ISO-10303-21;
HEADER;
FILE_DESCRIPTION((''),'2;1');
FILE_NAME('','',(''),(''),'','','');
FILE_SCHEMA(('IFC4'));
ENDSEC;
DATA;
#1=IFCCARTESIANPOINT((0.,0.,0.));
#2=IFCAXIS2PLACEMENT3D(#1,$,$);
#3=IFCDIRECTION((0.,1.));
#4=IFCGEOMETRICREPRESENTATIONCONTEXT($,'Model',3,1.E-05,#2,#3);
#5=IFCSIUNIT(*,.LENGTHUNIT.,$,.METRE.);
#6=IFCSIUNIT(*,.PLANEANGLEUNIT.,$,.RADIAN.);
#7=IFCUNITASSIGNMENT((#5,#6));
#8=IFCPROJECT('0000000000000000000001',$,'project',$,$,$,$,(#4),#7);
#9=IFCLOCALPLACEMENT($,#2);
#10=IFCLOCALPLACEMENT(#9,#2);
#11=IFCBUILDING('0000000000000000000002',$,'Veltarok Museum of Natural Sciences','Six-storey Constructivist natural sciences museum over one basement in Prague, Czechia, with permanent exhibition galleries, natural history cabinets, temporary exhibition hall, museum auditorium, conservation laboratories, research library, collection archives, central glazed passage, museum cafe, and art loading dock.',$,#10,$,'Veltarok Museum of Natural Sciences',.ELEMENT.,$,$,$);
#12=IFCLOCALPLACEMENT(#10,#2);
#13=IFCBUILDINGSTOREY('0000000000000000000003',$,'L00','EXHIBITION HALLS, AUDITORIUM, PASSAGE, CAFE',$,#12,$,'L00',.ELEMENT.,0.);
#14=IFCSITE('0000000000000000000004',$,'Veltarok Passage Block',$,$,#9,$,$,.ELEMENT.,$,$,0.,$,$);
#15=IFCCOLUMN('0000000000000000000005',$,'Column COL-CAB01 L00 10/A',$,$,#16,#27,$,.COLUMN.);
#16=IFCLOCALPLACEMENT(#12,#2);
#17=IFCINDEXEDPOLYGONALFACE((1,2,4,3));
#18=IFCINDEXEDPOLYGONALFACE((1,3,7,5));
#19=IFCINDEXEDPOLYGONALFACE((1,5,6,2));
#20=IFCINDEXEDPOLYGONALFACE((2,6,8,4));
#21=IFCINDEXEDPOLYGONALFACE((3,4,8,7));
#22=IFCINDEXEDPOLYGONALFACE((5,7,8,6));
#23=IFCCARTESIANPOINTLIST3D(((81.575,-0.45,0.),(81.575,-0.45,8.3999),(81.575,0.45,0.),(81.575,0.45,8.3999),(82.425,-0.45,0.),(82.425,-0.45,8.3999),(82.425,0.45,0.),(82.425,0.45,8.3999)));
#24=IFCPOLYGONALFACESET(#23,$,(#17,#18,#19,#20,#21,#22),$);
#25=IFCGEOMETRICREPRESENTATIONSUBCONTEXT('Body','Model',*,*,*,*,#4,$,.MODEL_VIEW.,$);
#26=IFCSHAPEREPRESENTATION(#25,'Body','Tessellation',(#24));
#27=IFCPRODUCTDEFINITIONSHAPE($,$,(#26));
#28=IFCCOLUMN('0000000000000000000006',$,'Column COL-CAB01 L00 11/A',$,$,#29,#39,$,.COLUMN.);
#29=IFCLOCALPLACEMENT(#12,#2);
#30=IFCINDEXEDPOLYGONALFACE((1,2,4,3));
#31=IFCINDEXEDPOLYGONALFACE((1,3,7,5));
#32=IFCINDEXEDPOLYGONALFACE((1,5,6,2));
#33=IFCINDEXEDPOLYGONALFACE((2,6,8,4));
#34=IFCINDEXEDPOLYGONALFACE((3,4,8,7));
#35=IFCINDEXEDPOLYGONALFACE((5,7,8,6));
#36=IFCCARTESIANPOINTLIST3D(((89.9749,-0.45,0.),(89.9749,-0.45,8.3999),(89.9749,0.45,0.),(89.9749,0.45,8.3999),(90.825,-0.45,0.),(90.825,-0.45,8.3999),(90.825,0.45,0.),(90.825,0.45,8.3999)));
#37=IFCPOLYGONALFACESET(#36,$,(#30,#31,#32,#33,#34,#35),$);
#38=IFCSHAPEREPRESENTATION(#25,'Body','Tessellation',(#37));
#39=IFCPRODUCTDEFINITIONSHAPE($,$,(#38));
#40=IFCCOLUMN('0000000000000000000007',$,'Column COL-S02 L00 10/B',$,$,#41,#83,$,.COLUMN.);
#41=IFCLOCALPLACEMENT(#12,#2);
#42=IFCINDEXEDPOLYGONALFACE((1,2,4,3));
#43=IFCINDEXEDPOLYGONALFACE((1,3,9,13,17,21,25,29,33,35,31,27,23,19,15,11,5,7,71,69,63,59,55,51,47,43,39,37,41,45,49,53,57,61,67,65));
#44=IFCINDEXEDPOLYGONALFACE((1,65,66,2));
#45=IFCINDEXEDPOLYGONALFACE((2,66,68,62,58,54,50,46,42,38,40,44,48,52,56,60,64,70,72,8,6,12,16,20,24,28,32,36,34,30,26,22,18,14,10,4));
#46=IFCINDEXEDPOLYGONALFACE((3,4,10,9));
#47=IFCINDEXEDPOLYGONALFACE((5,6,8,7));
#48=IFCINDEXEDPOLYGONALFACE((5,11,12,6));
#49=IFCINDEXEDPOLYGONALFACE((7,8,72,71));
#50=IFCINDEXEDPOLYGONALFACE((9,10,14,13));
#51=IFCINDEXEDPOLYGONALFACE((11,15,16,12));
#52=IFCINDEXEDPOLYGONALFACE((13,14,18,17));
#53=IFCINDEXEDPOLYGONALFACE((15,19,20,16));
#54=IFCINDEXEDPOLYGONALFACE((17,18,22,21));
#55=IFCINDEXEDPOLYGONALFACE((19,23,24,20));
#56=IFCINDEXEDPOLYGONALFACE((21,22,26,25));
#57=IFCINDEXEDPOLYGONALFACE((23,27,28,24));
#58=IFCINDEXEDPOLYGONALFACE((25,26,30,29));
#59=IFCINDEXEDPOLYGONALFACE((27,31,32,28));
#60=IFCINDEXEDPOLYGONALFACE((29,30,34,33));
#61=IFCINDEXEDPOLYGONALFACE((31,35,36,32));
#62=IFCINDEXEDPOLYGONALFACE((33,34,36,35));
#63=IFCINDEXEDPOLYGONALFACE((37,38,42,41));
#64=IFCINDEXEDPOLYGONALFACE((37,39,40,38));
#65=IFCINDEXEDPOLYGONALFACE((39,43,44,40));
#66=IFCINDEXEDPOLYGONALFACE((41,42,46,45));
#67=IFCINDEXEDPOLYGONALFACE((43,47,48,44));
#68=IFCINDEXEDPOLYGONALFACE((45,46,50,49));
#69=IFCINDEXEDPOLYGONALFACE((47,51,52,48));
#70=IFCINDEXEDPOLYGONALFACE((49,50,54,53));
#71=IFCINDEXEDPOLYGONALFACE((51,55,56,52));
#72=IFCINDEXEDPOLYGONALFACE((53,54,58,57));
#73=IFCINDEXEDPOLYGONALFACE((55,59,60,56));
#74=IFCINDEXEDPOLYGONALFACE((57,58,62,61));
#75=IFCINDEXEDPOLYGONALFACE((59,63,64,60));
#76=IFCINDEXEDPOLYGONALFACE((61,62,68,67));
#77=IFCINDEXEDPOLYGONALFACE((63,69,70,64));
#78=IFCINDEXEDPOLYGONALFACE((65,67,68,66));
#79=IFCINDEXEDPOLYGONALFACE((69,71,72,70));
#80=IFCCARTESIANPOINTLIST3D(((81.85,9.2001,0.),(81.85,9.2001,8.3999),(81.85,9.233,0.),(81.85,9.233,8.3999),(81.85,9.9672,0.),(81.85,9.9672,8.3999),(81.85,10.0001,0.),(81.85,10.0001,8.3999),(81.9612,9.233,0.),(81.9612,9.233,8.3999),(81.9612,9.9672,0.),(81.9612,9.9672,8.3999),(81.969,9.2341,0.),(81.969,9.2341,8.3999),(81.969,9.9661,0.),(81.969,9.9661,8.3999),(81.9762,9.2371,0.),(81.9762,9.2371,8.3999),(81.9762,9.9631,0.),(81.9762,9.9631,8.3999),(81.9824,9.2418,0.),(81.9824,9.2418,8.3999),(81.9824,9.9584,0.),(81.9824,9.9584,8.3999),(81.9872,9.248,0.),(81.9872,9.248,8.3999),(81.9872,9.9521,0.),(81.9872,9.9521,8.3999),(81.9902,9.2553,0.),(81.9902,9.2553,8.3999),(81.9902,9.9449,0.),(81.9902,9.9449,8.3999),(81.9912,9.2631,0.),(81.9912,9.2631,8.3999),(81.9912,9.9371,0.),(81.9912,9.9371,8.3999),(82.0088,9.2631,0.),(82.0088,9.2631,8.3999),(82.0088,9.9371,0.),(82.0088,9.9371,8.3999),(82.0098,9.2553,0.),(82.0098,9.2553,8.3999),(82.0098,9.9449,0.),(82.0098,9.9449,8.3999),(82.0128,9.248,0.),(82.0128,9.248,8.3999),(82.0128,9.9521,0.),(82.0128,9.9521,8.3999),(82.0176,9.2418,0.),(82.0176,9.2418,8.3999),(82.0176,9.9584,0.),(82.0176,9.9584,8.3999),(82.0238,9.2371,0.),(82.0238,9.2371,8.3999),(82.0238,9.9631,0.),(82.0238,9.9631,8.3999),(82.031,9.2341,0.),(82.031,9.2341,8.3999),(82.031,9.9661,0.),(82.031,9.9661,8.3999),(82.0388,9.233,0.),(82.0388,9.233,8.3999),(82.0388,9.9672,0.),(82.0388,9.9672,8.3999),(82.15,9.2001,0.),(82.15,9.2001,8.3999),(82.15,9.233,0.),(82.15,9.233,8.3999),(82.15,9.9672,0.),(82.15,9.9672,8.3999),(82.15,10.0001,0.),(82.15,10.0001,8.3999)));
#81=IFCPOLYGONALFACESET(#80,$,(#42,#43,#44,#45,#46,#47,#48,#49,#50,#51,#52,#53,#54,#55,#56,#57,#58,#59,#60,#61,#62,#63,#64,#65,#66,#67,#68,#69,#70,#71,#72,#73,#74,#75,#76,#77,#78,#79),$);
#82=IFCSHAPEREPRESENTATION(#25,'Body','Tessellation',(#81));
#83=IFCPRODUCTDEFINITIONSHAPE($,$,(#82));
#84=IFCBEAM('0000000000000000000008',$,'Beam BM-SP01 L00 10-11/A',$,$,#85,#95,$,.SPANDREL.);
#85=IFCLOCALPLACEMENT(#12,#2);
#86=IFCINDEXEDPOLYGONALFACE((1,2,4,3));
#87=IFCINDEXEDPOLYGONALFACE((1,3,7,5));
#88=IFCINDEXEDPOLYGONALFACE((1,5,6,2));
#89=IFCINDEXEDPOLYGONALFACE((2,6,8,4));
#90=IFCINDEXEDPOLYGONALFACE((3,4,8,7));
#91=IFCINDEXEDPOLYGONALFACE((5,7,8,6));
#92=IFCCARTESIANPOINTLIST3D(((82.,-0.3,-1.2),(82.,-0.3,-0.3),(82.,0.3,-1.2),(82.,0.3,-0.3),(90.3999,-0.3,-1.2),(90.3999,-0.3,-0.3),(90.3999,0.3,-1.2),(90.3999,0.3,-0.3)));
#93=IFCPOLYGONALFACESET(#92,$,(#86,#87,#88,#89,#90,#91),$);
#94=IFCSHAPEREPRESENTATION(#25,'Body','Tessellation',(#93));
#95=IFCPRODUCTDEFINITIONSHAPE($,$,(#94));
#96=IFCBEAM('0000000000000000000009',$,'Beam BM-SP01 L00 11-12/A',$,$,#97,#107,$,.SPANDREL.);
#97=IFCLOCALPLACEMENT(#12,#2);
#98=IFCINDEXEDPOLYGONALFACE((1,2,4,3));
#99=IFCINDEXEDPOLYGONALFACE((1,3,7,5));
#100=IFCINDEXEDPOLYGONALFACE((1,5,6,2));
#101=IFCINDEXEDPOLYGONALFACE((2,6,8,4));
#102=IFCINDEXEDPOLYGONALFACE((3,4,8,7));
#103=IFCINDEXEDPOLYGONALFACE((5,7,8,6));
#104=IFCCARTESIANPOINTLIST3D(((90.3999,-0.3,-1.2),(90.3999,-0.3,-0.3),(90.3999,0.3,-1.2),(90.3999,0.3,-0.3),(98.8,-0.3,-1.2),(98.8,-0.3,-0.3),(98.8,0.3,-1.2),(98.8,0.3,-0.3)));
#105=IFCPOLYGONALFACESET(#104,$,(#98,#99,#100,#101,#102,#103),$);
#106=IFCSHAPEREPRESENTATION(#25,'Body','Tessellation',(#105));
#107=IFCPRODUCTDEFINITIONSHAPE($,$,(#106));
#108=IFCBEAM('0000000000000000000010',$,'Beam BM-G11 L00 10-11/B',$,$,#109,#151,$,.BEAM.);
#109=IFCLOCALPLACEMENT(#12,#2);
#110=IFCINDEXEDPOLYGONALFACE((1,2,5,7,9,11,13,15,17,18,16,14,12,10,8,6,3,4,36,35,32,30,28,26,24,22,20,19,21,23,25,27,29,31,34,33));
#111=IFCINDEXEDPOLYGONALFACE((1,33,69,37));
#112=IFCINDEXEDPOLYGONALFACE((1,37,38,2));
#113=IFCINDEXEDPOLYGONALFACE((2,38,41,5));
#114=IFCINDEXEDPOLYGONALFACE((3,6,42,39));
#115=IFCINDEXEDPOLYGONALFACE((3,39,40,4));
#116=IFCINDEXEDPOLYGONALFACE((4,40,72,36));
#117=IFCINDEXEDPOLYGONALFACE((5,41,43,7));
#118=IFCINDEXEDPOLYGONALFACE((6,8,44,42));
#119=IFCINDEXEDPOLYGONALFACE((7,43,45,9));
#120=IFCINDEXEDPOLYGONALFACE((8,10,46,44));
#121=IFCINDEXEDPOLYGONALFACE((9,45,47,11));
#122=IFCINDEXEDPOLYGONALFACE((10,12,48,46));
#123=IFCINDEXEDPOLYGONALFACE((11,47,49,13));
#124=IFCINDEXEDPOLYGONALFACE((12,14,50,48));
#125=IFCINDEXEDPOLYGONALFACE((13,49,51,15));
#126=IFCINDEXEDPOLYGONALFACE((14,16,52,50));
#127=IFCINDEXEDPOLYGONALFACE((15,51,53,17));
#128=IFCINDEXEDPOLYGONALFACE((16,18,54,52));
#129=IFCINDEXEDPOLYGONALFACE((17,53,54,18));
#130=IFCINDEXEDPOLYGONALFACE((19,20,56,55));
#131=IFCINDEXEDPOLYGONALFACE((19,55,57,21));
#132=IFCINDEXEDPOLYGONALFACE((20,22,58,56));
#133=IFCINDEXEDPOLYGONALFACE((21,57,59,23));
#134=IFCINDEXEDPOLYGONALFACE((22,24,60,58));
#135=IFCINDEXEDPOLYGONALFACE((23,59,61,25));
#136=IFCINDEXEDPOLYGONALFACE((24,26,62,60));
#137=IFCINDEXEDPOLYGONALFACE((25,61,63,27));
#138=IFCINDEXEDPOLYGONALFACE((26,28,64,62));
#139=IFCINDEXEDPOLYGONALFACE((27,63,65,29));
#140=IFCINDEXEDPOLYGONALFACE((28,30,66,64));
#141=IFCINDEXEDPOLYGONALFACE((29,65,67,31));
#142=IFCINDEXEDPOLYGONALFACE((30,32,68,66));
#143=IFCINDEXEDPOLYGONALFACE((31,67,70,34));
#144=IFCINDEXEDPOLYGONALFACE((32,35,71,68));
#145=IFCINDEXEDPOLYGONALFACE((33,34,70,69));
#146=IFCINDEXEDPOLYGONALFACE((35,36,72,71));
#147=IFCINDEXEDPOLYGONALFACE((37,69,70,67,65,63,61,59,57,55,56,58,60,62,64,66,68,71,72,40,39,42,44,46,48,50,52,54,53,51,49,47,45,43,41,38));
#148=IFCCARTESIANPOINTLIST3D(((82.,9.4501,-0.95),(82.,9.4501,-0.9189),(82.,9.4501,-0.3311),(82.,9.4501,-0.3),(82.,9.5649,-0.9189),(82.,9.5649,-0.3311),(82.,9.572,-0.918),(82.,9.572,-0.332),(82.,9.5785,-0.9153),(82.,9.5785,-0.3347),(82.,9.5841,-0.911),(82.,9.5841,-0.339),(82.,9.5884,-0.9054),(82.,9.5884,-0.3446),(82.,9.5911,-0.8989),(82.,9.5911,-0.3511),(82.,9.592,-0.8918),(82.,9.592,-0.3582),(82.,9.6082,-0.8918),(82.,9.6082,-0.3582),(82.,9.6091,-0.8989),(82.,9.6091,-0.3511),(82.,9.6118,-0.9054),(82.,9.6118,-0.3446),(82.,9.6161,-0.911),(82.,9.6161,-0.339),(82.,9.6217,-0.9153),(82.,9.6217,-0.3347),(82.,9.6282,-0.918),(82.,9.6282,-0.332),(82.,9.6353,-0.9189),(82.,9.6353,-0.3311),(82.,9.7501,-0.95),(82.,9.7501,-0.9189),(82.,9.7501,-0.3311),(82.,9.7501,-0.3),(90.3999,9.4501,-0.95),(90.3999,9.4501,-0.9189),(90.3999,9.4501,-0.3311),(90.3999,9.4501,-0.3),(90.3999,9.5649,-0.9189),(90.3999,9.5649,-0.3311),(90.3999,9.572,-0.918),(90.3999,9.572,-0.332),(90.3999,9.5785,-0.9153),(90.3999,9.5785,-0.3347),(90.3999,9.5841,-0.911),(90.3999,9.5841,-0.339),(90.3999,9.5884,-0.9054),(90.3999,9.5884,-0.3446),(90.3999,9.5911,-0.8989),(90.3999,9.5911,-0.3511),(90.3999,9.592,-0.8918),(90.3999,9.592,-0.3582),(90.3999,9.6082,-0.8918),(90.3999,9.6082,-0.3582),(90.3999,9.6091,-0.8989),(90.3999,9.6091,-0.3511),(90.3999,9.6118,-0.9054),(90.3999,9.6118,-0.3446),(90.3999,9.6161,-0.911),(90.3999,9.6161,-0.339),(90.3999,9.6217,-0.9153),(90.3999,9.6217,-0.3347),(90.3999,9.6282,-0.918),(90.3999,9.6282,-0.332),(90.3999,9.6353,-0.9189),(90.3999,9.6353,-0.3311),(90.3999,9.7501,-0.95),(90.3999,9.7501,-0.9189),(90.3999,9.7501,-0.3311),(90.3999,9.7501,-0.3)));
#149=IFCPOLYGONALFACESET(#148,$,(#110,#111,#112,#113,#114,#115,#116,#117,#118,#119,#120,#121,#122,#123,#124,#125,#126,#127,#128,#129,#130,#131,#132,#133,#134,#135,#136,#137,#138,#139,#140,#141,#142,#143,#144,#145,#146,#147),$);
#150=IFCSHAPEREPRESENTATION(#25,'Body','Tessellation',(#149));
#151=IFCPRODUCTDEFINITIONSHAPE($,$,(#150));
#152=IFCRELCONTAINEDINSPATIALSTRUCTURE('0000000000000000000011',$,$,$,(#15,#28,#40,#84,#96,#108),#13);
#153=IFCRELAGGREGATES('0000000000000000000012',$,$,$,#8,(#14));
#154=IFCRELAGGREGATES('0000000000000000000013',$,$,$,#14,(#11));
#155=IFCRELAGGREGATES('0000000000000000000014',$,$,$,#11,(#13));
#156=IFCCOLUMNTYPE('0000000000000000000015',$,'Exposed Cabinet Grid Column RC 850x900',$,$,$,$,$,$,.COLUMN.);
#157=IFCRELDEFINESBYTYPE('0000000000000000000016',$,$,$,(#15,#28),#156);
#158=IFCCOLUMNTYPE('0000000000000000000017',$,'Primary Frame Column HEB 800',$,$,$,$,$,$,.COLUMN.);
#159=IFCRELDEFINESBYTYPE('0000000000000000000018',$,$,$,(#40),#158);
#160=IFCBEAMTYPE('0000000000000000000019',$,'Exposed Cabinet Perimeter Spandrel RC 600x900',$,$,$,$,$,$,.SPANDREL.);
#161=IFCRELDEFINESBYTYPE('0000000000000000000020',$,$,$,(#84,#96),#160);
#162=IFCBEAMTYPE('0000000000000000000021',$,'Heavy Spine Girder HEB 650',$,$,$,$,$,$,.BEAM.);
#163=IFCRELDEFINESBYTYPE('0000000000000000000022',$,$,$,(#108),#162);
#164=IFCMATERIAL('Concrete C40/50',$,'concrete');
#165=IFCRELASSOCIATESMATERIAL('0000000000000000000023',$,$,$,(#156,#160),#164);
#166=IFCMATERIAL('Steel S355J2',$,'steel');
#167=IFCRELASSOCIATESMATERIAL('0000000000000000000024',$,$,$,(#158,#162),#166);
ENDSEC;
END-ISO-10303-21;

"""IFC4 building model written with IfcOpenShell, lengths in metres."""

from ifc_helpers import new_model, si_unit, direction, frame, origin, origin_2d, place, context, subcontext, project, spatial, rectangle, i_section, extrude, material, material_profile, profile_set, type_object, element, save


model = new_model("IFC4")

# Units and contexts
model_context = context("Model", 3, precision=1e-05, world=origin(), true_north=direction((0.0, 1.0)))
body_context = subcontext(model_context, "Body", "Model", "MODEL_VIEW")
ifc_project = project(units=[si_unit("LENGTHUNIT", "METRE"), si_unit("PLANEANGLEUNIT", "RADIAN")], contexts=[model_context])

# Site, building, storey
site_placement = place(None, origin())
site = spatial("IfcSite", under=ifc_project, at=site_placement, Name="Veltarok Passage Block", CompositionType="ELEMENT", RefElevation=0.0)
building_placement = place(site_placement, origin())
building = spatial("IfcBuilding", under=site, at=building_placement, Name="Veltarok Museum of Natural Sciences", Description="Six-storey Constructivist natural sciences museum over one basement in Prague, Czechia, with permanent exhibition galleries, natural history cabinets, temporary exhibition hall, museum auditorium, conservation laboratories, research library, collection archives, central glazed passage, museum cafe, and art loading dock.", LongName="Veltarok Museum of Natural Sciences", CompositionType="ELEMENT")
storey_placement = place(building_placement, origin())
storey = spatial("IfcBuildingStorey", under=building, at=storey_placement, Name="L00", Description="EXHIBITION HALLS, AUDITORIUM, PASSAGE, CAFE", LongName="L00", CompositionType="ELEMENT", Elevation=0.0)

# Columns
ifc_material_1 = material(Name="Concrete C40/50", Category="concrete")
ifc_material_profile_1 = material_profile(ifc_material_1, rectangle(XDim=0.8501, YDim=0.8999, at=origin_2d()), Name="RC 850x900")
ifc_profile_set_1 = profile_set([ifc_material_profile_1], Name="Concrete C40/50")
column_type_1 = type_object("IfcColumnType", Name="Exposed Cabinet Grid Column RC 850x900", PredefinedType="COLUMN", material=ifc_profile_set_1)
for number, where, z_axis, x_axis, name in (
    (1, (82.0, 0.0, 0.0), (0.0, 0.0, 1.0), (1.0, 0.0, 0.0), "Column COL-CAB01 L00 10/A"),
    (2, (90.3999, 0.0, 0.0), (0.0, 0.0, 1.0), (1.0, 0.0, 0.0), "Column COL-CAB01 L00 11/A"),
):
    element("IfcColumn", number, at=place(storey_placement, frame(where, z_axis=z_axis, x_axis=x_axis)), inside=storey, type_object=column_type_1, Name=name, PredefinedType="COLUMN", context=body_context, shape_type="SweptSolid", body=[
        extrude(rectangle(XDim=0.8501, YDim=0.8999, at=origin_2d()), origin(), (0.0, 0.0, 1.0), 8.3999),
    ])
ifc_material_2 = material(Name="Steel S355J2", Category="steel")
ifc_material_profile_2 = material_profile(ifc_material_2, i_section(OverallWidth=0.3, OverallDepth=0.8, WebThickness=0.0176, FlangeThickness=0.033, FilletRadius=0.03, at=origin_2d()), Name="HEB 800")
ifc_profile_set_2 = profile_set([ifc_material_profile_2], Name="Steel S355J2")
column_type_2 = type_object("IfcColumnType", Name="Primary Frame Column HEB 800", PredefinedType="COLUMN", material=ifc_profile_set_2)
column_placement = place(storey_placement, frame((82.0, 9.6001, 0.0), z_axis=(0.0, 0.0, 1.0), x_axis=(1.0, 0.0, 0.0)))
element("IfcColumn", 3, at=column_placement, inside=storey, type_object=column_type_2, Name="Column COL-S02 L00 10/B", PredefinedType="COLUMN", context=body_context, shape_type="SweptSolid", body=[
    extrude(i_section(OverallWidth=0.3, OverallDepth=0.8, WebThickness=0.0176, FlangeThickness=0.033, FilletRadius=0.03, at=origin_2d()), origin(), (0.0, 0.0, 1.0), 8.3999),
])

# Beams
ifc_material_profile_3 = material_profile(ifc_material_1, rectangle(XDim=0.6001, YDim=0.8999, at=origin_2d()), Name="RC 600x900")
ifc_profile_set_3 = profile_set([ifc_material_profile_3], Name="Concrete C40/50")
beam_type_1 = type_object("IfcBeamType", Name="Exposed Cabinet Perimeter Spandrel RC 600x900", PredefinedType="SPANDREL", material=ifc_profile_set_3)
beam_1_placement = place(storey_placement, frame((82.0, 0.0, -0.75), z_axis=(1.0, 0.0, 0.0), x_axis=(0.0, 1.0, 0.0)))
element("IfcBeam", 4, at=beam_1_placement, inside=storey, type_object=beam_type_1, Name="Beam BM-SP01 L00 10-11/A", PredefinedType="SPANDREL", context=body_context, shape_type="SweptSolid", body=[
    extrude(rectangle(XDim=0.6001, YDim=0.8999, at=origin_2d()), origin(), (0.0, 0.0, 1.0), 8.3999),
])
beam_2_placement = place(storey_placement, frame((90.3999, 0.0, -0.75), z_axis=(1.0, 0.0, 0.0), x_axis=(0.0, 1.0, 0.0)))
element("IfcBeam", 5, at=beam_2_placement, inside=storey, type_object=beam_type_1, Name="Beam BM-SP01 L00 11-12/A", PredefinedType="SPANDREL", context=body_context, shape_type="SweptSolid", body=[
    extrude(rectangle(XDim=0.6001, YDim=0.8999, at=origin_2d()), origin(), (0.0, 0.0, 1.0), 8.4001),
])
ifc_material_profile_4 = material_profile(ifc_material_2, i_section(OverallWidth=0.3, OverallDepth=0.6499, WebThickness=0.0161, FlangeThickness=0.031, FilletRadius=0.0271, at=origin_2d()), Name="HEB 650")
ifc_profile_set_4 = profile_set([ifc_material_profile_4], Name="Steel S355J2")
beam_type_2 = type_object("IfcBeamType", Name="Heavy Spine Girder HEB 650", PredefinedType="BEAM", material=ifc_profile_set_4)
beam_3_placement = place(storey_placement, frame((82.0, 9.6001, -0.625), z_axis=(1.0, 0.0, 0.0), x_axis=(0.0, 1.0, 0.0)))
element("IfcBeam", 6, at=beam_3_placement, inside=storey, type_object=beam_type_2, Name="Beam BM-G11 L00 10-11/B", PredefinedType="BEAM", context=body_context, shape_type="SweptSolid", body=[
    extrude(i_section(OverallWidth=0.3, OverallDepth=0.6499, WebThickness=0.0161, FlangeThickness=0.031, FilletRadius=0.0271, at=origin_2d()), origin(), (0.0, 0.0, 1.0), 8.3999),
])

save(model, "model.ifc")
